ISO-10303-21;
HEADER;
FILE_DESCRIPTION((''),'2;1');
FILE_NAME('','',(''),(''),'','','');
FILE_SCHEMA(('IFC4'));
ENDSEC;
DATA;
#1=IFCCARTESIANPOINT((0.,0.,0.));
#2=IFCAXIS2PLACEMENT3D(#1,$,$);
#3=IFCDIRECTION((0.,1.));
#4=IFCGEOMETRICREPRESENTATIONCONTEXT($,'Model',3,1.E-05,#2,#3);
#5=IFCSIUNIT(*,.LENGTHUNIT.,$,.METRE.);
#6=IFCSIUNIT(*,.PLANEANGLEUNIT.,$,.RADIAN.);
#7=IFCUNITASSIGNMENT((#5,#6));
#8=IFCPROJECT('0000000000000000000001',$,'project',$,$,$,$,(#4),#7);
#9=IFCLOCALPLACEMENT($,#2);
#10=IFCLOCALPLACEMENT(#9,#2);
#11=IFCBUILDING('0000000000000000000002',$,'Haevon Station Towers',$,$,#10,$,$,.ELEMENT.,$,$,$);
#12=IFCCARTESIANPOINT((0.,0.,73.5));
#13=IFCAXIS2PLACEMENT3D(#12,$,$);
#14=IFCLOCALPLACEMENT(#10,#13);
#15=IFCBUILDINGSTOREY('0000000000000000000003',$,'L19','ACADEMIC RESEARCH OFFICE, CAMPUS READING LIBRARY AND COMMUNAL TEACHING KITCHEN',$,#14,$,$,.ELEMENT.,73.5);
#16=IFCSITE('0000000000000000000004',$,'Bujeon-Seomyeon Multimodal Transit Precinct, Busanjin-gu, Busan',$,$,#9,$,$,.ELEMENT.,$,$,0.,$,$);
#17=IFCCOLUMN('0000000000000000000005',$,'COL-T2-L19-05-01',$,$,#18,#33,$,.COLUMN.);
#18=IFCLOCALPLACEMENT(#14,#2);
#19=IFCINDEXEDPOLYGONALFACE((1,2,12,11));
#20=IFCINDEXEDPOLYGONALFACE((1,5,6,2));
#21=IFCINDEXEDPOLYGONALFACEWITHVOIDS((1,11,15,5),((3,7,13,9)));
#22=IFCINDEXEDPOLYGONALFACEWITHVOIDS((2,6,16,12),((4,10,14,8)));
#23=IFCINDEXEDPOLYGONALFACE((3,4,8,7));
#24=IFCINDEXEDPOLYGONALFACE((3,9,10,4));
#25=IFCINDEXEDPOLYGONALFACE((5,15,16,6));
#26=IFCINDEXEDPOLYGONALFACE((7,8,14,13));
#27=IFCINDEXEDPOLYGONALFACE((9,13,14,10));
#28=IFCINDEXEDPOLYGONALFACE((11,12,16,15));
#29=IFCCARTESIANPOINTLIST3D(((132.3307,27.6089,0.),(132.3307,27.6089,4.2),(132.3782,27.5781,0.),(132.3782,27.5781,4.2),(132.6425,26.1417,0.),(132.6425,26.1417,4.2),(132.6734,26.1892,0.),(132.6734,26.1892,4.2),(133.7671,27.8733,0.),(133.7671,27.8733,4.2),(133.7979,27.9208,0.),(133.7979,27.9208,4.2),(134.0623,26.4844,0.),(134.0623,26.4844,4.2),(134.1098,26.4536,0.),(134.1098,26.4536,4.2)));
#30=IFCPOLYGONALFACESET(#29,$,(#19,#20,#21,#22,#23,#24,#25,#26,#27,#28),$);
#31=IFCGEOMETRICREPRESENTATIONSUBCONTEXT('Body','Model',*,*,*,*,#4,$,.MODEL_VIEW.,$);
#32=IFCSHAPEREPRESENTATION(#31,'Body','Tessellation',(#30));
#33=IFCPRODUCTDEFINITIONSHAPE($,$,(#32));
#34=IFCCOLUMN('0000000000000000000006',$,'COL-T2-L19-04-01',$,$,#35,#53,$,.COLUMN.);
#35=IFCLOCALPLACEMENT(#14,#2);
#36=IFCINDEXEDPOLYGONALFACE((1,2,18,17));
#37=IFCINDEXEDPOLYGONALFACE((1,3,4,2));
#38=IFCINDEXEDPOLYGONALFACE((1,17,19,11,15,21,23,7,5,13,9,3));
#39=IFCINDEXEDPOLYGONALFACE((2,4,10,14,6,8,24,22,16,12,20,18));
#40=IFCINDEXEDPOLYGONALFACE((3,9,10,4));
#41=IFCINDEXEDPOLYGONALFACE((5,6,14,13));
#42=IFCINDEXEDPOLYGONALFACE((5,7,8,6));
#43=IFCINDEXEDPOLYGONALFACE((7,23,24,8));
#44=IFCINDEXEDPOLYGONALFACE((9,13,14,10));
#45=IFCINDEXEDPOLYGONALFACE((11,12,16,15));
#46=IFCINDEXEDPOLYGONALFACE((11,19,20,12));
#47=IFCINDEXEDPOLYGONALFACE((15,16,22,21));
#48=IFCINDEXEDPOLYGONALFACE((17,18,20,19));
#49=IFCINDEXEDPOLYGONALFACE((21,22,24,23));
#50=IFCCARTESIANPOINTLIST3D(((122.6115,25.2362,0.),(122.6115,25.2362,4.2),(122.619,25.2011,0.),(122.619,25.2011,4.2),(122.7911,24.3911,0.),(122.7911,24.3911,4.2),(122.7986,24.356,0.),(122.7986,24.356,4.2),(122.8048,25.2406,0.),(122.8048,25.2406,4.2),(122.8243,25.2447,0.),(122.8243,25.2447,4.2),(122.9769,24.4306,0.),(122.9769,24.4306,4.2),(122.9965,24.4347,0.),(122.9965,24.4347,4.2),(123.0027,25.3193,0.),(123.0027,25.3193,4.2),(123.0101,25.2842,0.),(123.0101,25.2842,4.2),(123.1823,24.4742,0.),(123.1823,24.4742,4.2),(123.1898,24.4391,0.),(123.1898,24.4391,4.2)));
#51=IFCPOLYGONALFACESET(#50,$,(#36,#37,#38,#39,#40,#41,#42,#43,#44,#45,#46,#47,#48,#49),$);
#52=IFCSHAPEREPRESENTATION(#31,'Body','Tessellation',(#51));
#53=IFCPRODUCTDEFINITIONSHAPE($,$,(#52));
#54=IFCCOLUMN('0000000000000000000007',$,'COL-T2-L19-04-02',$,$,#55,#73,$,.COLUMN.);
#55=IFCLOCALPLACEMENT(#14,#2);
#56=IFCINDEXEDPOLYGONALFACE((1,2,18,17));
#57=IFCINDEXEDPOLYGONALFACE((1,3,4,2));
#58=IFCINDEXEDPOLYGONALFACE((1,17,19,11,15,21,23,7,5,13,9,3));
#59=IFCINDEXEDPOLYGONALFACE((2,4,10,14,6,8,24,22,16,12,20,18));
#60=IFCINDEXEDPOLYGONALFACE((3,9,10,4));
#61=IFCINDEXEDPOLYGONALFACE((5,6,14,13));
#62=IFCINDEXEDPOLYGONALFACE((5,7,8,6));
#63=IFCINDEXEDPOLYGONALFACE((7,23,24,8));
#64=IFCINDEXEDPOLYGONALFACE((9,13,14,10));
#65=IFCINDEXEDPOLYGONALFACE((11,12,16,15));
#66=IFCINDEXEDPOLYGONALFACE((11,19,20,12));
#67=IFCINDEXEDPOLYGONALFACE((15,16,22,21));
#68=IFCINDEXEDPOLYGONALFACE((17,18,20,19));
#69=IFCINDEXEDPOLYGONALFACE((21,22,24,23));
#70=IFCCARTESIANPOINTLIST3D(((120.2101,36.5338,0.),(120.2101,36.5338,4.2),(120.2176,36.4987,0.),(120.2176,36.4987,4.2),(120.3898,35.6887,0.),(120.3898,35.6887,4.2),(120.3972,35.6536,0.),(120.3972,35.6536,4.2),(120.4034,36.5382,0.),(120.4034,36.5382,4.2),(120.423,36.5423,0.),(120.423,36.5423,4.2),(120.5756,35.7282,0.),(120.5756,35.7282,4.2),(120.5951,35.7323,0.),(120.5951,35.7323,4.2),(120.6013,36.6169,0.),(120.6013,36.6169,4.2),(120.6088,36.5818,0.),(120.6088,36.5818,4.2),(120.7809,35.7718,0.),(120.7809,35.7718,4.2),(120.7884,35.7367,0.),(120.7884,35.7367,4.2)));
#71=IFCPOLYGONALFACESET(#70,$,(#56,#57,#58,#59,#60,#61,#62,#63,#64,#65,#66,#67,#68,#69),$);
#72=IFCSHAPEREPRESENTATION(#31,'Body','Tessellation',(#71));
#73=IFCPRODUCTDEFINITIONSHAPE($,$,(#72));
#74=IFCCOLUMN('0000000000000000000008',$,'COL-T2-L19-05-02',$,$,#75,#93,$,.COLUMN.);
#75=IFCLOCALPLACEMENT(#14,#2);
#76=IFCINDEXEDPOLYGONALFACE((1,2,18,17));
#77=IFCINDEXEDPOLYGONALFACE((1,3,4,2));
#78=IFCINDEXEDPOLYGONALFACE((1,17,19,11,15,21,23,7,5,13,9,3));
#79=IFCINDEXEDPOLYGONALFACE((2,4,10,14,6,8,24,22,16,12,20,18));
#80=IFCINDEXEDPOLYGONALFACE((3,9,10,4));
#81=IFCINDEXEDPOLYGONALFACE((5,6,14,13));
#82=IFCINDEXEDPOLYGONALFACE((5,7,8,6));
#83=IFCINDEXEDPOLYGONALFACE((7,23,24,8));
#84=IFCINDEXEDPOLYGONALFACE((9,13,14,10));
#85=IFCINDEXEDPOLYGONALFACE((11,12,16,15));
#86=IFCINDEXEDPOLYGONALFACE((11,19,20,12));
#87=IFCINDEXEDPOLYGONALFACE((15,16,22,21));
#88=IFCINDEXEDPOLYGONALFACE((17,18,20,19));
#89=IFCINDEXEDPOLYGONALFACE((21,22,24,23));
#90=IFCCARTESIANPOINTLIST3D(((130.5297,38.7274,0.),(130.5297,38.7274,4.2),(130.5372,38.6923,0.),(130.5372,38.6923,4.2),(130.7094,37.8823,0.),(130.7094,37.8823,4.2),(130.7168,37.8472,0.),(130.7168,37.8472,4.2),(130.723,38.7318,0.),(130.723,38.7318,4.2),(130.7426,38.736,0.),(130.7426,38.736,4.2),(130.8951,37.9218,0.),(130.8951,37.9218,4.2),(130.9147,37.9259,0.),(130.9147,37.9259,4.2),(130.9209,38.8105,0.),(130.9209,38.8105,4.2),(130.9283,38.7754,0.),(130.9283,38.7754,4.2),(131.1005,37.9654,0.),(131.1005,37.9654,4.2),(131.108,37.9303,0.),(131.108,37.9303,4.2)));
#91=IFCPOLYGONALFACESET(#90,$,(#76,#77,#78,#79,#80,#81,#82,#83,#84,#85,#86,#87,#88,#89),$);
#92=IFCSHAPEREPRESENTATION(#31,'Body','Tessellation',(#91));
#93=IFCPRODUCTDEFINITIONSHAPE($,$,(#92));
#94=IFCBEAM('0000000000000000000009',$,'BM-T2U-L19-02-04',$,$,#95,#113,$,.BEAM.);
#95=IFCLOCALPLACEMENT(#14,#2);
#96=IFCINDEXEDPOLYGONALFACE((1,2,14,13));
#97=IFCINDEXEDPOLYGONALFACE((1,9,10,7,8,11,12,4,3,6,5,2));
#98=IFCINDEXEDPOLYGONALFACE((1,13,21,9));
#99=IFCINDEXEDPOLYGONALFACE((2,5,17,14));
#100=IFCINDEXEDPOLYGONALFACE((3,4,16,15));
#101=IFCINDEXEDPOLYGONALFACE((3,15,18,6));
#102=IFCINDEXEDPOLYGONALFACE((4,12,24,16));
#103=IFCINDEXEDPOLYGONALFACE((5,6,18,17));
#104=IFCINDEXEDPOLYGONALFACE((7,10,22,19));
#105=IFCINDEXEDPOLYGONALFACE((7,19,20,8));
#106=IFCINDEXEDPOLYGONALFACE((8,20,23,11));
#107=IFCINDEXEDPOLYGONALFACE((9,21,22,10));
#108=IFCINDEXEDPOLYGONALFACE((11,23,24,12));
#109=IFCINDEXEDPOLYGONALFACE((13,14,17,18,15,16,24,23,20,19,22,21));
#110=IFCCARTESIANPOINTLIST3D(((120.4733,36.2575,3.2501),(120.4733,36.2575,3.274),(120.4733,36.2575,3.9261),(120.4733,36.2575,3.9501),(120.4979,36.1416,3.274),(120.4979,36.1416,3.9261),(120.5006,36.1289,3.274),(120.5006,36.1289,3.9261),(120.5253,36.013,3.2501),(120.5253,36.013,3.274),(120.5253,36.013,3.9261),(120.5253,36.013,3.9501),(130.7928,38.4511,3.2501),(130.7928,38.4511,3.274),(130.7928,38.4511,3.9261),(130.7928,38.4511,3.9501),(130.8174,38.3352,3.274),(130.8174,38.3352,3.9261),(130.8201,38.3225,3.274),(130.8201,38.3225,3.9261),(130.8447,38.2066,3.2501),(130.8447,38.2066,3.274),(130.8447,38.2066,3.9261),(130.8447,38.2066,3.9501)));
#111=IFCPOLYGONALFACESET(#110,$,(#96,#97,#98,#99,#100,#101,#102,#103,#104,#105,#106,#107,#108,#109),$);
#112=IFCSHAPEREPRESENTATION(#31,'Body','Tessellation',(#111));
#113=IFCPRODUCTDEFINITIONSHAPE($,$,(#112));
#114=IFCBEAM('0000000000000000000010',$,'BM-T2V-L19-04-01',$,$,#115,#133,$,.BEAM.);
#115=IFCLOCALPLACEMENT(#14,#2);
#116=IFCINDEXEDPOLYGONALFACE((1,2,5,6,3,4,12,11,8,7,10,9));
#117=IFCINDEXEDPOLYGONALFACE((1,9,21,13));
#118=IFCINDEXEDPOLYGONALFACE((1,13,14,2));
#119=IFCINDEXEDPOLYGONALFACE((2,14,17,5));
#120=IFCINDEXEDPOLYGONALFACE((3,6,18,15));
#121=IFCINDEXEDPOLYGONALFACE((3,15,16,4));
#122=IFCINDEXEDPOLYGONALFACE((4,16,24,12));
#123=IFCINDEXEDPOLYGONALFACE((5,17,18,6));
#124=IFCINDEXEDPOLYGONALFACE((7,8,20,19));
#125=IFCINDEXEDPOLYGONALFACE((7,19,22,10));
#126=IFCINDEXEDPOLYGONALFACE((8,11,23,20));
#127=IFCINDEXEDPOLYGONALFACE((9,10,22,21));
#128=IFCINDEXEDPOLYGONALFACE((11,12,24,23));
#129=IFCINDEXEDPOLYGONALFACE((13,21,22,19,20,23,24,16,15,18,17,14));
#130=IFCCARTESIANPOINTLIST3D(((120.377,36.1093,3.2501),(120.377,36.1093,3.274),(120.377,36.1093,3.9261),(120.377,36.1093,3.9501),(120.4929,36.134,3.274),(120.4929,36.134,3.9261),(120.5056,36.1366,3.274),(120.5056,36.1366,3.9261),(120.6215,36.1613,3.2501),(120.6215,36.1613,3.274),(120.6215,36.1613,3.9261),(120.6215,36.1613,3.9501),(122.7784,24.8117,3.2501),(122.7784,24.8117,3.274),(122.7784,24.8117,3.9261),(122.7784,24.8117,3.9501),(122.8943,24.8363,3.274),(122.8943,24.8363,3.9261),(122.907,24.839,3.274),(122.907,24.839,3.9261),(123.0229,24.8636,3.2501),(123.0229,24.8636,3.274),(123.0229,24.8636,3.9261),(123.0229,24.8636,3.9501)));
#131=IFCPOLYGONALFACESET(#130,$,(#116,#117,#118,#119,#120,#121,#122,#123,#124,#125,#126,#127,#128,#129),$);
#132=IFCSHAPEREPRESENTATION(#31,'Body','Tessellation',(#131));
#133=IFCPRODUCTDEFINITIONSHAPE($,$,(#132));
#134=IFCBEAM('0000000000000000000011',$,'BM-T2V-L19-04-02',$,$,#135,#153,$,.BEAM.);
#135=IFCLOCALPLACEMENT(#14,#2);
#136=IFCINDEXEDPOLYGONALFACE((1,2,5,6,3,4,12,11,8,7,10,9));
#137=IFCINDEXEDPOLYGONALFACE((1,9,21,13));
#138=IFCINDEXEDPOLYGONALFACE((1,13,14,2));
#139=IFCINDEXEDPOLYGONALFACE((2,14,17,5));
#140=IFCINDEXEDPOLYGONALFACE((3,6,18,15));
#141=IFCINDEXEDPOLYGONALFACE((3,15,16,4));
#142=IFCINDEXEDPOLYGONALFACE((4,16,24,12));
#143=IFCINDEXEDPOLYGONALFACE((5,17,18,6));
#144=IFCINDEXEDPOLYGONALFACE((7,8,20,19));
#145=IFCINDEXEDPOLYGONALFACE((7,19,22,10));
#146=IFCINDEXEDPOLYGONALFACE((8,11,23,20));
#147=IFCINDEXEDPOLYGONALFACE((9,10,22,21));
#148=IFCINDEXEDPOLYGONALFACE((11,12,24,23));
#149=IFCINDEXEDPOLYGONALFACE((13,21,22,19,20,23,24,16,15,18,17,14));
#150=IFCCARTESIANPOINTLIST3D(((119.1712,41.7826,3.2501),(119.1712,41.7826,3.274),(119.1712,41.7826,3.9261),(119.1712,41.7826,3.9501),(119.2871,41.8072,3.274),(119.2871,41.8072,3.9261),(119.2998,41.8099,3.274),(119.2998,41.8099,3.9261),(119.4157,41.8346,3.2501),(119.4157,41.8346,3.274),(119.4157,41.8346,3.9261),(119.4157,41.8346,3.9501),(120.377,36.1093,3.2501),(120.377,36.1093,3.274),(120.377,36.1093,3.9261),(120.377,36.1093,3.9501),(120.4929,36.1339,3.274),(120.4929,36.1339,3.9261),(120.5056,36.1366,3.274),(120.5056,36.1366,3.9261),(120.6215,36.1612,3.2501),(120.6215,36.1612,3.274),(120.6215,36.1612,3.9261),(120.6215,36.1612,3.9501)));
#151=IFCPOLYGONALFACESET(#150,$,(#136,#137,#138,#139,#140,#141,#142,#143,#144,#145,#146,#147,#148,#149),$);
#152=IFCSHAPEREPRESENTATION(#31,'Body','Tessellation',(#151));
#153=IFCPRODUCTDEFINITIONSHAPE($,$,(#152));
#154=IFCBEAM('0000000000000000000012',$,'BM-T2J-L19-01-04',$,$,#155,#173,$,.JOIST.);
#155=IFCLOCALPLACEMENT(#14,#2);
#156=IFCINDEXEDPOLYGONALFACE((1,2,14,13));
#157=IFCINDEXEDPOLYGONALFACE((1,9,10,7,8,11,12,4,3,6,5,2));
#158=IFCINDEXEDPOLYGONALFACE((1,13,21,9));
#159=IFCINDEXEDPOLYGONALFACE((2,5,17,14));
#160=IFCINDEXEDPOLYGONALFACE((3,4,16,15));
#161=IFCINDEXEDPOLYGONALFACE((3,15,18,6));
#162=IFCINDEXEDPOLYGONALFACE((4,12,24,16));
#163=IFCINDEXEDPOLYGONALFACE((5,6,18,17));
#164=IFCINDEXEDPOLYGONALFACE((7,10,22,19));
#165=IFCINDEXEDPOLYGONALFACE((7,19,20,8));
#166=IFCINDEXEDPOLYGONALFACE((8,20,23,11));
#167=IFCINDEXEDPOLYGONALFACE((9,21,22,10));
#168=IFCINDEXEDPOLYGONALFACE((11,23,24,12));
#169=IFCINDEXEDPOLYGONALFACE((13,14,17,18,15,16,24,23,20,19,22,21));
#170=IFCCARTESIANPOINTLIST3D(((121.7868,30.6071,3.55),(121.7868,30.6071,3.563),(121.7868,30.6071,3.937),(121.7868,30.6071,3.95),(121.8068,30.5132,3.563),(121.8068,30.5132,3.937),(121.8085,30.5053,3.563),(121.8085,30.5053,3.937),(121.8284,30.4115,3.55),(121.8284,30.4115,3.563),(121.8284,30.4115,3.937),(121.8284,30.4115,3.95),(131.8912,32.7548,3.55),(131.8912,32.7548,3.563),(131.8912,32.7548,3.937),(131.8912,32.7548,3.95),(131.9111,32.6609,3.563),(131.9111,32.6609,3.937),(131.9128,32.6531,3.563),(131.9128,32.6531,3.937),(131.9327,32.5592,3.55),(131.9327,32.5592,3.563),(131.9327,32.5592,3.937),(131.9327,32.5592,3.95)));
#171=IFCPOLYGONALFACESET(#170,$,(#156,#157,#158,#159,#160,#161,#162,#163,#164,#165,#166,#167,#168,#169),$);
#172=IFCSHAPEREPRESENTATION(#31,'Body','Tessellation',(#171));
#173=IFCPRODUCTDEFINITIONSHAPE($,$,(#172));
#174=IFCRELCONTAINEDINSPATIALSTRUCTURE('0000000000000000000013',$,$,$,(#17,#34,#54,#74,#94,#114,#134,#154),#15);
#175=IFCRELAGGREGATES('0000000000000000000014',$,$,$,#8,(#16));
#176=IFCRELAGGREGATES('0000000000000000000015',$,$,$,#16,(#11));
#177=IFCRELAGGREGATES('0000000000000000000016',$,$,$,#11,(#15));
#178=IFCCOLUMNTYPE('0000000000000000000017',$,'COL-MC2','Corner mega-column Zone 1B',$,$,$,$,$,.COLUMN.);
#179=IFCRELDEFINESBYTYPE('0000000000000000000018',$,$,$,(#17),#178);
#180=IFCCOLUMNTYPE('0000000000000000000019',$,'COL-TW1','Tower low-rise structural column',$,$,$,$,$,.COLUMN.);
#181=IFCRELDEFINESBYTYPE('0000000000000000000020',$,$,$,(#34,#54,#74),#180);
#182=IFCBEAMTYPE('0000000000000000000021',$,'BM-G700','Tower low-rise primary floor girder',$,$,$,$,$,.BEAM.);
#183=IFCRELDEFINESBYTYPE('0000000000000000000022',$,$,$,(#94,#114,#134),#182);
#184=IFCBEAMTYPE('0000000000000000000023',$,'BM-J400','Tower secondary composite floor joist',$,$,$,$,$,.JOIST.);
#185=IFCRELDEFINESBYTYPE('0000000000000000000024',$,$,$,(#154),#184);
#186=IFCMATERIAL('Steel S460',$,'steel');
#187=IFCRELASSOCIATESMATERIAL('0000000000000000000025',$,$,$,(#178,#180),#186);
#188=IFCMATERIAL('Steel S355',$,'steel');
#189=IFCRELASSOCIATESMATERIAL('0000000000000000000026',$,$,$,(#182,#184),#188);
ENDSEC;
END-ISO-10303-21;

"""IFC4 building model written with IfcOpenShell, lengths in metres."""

from ifc_helpers import new_model, si_unit, direction, frame, origin, origin_2d, place, context, subcontext, project, spatial, hollow_rectangle, i_section, extrude, material, material_profile, profile_set, type_object, element, save


model = new_model("IFC4")

# Units and contexts
model_context = context("Model", 3, precision=1e-05, world=origin(), true_north=direction((0.0, 1.0)))
body_context = subcontext(model_context, "Body", "Model", "MODEL_VIEW")
ifc_project = project(units=[si_unit("LENGTHUNIT", "METRE"), si_unit("PLANEANGLEUNIT", "RADIAN")], contexts=[model_context])

# Site, building, storey
site_placement = place(None, origin())
site = spatial("IfcSite", under=ifc_project, at=site_placement, Name="Bujeon-Seomyeon Multimodal Transit Precinct, Busanjin-gu, Busan", CompositionType="ELEMENT", RefElevation=0.0)
building_placement = place(site_placement, origin())
building = spatial("IfcBuilding", under=site, at=building_placement, Name="Haevon Station Towers", CompositionType="ELEMENT")
storey_placement = place(building_placement, frame((0.0, 0.0, 73.5)))
storey = spatial("IfcBuildingStorey", under=building, at=storey_placement, Name="L19", Description="ACADEMIC RESEARCH OFFICE, CAMPUS READING LIBRARY AND COMMUNAL TEACHING KITCHEN", CompositionType="ELEMENT", Elevation=73.5)

# Columns
ifc_material_1 = material(Name="Steel S460", Category="steel")
ifc_material_profile_1 = material_profile(ifc_material_1, hollow_rectangle(XDim=1.5, YDim=1.5, WallThickness=0.04, at=origin_2d()), Name="BOX-1500x1500x40")
ifc_profile_set_1 = profile_set([ifc_material_profile_1], Name="Steel S460")
column_type_1 = type_object("IfcColumnType", Name="COL-MC2", Description="Corner mega-column Zone 1B", PredefinedType="COLUMN", material=ifc_profile_set_1)
column_placement = place(storey_placement, frame((133.2202, 27.0312, 0.0), z_axis=(0.0, 0.0, 1.0), x_axis=(0.978148, 0.207912, 0.0)))
element("IfcColumn", 1, at=column_placement, inside=storey, type_object=column_type_1, Name="COL-T2-L19-05-01", PredefinedType="COLUMN", context=body_context, shape_type="SweptSolid", body=[
    extrude(hollow_rectangle(XDim=1.5, YDim=1.5, WallThickness=0.04, at=origin_2d()), origin(), (0.0, 0.0, 1.0), 4.2),
])
ifc_material_profile_2 = material_profile(ifc_material_1, i_section(OverallWidth=0.3999, OverallDepth=0.8999, WebThickness=0.02, FlangeThickness=0.0359, at=origin_2d()), Name="H-900x400x20x36")
ifc_profile_set_2 = profile_set([ifc_material_profile_2], Name="Steel S460")
column_type_2 = type_object("IfcColumnType", Name="COL-TW1", Description="Tower low-rise structural column", PredefinedType="COLUMN", material=ifc_profile_set_2)
for number, where, z_axis, x_axis, name in (
    (2, (122.9006, 24.8376, 0.0), (0.0, 0.0, 1.0), (0.978148, 0.207912, 0.0), "COL-T2-L19-04-01"),
    (3, (120.4993, 36.1353, 0.0), (0.0, 0.0, 1.0), (0.978148, 0.207912, 0.0), "COL-T2-L19-04-02"),
    (4, (130.8188, 38.3289, 0.0), (0.0, 0.0, 1.0), (0.978148, 0.207912, 0.0), "COL-T2-L19-05-02"),
):
    element("IfcColumn", number, at=place(storey_placement, frame(where, z_axis=z_axis, x_axis=x_axis)), inside=storey, type_object=column_type_2, Name=name, PredefinedType="COLUMN", context=body_context, shape_type="SweptSolid", body=[
        extrude(i_section(OverallWidth=0.3999, OverallDepth=0.8999, WebThickness=0.02, FlangeThickness=0.0359, at=origin_2d()), origin(), (0.0, 0.0, 1.0), 4.2),
    ])

# Beams
ifc_material_2 = material(Name="Steel S355", Category="steel")
ifc_material_profile_3 = material_profile(ifc_material_2, i_section(OverallWidth=0.25, OverallDepth=0.7, WebThickness=0.0129, FlangeThickness=0.0239, at=origin_2d()), Name="H-700x250x13x24")
ifc_profile_set_3 = profile_set([ifc_material_profile_3], Name="Steel S355")
beam_type_1 = type_object("IfcBeamType", Name="BM-G700", Description="Tower low-rise primary floor girder", PredefinedType="BEAM", material=ifc_profile_set_3)
beam_1_placement = place(storey_placement, frame((120.4993, 36.1353, 3.6001), z_axis=(0.978145, 0.207922, 0.0), x_axis=(-0.207922, 0.978145, 0.0)))
element("IfcBeam", 5, at=beam_1_placement, inside=storey, type_object=beam_type_1, Name="BM-T2U-L19-02-04", PredefinedType="BEAM", context=body_context, shape_type="SweptSolid", body=[
    extrude(i_section(OverallWidth=0.25, OverallDepth=0.7, WebThickness=0.0129, FlangeThickness=0.0239, at=origin_2d()), origin(), (0.0, 0.0, 1.0), 10.55),
])
beam_2_placement = place(storey_placement, frame((122.9006, 24.8376, 3.6001), z_axis=(-0.207911, 0.978148, 0.0), x_axis=(-0.978148, -0.207911, 0.0)))
element("IfcBeam", 6, at=beam_2_placement, inside=storey, type_object=beam_type_1, Name="BM-T2V-L19-04-01", PredefinedType="BEAM", context=body_context, shape_type="SweptSolid", body=[
    extrude(i_section(OverallWidth=0.25, OverallDepth=0.7, WebThickness=0.0129, FlangeThickness=0.0239, at=origin_2d()), origin(), (0.0, 0.0, 1.0), 11.55),
])
beam_3_placement = place(storey_placement, frame((120.4993, 36.1353, 3.6001), z_axis=(-0.207896, 0.978151, 0.0), x_axis=(-0.978151, -0.207896, 0.0)))
element("IfcBeam", 7, at=beam_3_placement, inside=storey, type_object=beam_type_1, Name="BM-T2V-L19-04-02", PredefinedType="BEAM", context=body_context, shape_type="SweptSolid", body=[
    extrude(i_section(OverallWidth=0.25, OverallDepth=0.7, WebThickness=0.0129, FlangeThickness=0.0239, at=origin_2d()), origin(), (0.0, 0.0, 1.0), 5.8),
])
ifc_material_profile_4 = material_profile(ifc_material_2, i_section(OverallWidth=0.2, OverallDepth=0.3999, WebThickness=0.0081, FlangeThickness=0.0129, at=origin_2d()), Name="H-400x200x8x13")
ifc_profile_set_4 = profile_set([ifc_material_profile_4], Name="Steel S355")
beam_type_2 = type_object("IfcBeamType", Name="BM-J400", Description="Tower secondary composite floor joist", PredefinedType="JOIST", material=ifc_profile_set_4)
beam_4_placement = place(storey_placement, frame((121.8076, 30.5093, 3.75), z_axis=(0.978148, 0.20791, 0.0), x_axis=(-0.20791, 0.978148, 0.0)))
element("IfcBeam", 8, at=beam_4_placement, inside=storey, type_object=beam_type_2, Name="BM-T2J-L19-01-04", PredefinedType="JOIST", context=body_context, shape_type="SweptSolid", body=[
    extrude(i_section(OverallWidth=0.2, OverallDepth=0.3999, WebThickness=0.0081, FlangeThickness=0.0129, at=origin_2d()), origin(), (0.0, 0.0, 1.0), 10.3301),
])

save(model, "model.ifc")
